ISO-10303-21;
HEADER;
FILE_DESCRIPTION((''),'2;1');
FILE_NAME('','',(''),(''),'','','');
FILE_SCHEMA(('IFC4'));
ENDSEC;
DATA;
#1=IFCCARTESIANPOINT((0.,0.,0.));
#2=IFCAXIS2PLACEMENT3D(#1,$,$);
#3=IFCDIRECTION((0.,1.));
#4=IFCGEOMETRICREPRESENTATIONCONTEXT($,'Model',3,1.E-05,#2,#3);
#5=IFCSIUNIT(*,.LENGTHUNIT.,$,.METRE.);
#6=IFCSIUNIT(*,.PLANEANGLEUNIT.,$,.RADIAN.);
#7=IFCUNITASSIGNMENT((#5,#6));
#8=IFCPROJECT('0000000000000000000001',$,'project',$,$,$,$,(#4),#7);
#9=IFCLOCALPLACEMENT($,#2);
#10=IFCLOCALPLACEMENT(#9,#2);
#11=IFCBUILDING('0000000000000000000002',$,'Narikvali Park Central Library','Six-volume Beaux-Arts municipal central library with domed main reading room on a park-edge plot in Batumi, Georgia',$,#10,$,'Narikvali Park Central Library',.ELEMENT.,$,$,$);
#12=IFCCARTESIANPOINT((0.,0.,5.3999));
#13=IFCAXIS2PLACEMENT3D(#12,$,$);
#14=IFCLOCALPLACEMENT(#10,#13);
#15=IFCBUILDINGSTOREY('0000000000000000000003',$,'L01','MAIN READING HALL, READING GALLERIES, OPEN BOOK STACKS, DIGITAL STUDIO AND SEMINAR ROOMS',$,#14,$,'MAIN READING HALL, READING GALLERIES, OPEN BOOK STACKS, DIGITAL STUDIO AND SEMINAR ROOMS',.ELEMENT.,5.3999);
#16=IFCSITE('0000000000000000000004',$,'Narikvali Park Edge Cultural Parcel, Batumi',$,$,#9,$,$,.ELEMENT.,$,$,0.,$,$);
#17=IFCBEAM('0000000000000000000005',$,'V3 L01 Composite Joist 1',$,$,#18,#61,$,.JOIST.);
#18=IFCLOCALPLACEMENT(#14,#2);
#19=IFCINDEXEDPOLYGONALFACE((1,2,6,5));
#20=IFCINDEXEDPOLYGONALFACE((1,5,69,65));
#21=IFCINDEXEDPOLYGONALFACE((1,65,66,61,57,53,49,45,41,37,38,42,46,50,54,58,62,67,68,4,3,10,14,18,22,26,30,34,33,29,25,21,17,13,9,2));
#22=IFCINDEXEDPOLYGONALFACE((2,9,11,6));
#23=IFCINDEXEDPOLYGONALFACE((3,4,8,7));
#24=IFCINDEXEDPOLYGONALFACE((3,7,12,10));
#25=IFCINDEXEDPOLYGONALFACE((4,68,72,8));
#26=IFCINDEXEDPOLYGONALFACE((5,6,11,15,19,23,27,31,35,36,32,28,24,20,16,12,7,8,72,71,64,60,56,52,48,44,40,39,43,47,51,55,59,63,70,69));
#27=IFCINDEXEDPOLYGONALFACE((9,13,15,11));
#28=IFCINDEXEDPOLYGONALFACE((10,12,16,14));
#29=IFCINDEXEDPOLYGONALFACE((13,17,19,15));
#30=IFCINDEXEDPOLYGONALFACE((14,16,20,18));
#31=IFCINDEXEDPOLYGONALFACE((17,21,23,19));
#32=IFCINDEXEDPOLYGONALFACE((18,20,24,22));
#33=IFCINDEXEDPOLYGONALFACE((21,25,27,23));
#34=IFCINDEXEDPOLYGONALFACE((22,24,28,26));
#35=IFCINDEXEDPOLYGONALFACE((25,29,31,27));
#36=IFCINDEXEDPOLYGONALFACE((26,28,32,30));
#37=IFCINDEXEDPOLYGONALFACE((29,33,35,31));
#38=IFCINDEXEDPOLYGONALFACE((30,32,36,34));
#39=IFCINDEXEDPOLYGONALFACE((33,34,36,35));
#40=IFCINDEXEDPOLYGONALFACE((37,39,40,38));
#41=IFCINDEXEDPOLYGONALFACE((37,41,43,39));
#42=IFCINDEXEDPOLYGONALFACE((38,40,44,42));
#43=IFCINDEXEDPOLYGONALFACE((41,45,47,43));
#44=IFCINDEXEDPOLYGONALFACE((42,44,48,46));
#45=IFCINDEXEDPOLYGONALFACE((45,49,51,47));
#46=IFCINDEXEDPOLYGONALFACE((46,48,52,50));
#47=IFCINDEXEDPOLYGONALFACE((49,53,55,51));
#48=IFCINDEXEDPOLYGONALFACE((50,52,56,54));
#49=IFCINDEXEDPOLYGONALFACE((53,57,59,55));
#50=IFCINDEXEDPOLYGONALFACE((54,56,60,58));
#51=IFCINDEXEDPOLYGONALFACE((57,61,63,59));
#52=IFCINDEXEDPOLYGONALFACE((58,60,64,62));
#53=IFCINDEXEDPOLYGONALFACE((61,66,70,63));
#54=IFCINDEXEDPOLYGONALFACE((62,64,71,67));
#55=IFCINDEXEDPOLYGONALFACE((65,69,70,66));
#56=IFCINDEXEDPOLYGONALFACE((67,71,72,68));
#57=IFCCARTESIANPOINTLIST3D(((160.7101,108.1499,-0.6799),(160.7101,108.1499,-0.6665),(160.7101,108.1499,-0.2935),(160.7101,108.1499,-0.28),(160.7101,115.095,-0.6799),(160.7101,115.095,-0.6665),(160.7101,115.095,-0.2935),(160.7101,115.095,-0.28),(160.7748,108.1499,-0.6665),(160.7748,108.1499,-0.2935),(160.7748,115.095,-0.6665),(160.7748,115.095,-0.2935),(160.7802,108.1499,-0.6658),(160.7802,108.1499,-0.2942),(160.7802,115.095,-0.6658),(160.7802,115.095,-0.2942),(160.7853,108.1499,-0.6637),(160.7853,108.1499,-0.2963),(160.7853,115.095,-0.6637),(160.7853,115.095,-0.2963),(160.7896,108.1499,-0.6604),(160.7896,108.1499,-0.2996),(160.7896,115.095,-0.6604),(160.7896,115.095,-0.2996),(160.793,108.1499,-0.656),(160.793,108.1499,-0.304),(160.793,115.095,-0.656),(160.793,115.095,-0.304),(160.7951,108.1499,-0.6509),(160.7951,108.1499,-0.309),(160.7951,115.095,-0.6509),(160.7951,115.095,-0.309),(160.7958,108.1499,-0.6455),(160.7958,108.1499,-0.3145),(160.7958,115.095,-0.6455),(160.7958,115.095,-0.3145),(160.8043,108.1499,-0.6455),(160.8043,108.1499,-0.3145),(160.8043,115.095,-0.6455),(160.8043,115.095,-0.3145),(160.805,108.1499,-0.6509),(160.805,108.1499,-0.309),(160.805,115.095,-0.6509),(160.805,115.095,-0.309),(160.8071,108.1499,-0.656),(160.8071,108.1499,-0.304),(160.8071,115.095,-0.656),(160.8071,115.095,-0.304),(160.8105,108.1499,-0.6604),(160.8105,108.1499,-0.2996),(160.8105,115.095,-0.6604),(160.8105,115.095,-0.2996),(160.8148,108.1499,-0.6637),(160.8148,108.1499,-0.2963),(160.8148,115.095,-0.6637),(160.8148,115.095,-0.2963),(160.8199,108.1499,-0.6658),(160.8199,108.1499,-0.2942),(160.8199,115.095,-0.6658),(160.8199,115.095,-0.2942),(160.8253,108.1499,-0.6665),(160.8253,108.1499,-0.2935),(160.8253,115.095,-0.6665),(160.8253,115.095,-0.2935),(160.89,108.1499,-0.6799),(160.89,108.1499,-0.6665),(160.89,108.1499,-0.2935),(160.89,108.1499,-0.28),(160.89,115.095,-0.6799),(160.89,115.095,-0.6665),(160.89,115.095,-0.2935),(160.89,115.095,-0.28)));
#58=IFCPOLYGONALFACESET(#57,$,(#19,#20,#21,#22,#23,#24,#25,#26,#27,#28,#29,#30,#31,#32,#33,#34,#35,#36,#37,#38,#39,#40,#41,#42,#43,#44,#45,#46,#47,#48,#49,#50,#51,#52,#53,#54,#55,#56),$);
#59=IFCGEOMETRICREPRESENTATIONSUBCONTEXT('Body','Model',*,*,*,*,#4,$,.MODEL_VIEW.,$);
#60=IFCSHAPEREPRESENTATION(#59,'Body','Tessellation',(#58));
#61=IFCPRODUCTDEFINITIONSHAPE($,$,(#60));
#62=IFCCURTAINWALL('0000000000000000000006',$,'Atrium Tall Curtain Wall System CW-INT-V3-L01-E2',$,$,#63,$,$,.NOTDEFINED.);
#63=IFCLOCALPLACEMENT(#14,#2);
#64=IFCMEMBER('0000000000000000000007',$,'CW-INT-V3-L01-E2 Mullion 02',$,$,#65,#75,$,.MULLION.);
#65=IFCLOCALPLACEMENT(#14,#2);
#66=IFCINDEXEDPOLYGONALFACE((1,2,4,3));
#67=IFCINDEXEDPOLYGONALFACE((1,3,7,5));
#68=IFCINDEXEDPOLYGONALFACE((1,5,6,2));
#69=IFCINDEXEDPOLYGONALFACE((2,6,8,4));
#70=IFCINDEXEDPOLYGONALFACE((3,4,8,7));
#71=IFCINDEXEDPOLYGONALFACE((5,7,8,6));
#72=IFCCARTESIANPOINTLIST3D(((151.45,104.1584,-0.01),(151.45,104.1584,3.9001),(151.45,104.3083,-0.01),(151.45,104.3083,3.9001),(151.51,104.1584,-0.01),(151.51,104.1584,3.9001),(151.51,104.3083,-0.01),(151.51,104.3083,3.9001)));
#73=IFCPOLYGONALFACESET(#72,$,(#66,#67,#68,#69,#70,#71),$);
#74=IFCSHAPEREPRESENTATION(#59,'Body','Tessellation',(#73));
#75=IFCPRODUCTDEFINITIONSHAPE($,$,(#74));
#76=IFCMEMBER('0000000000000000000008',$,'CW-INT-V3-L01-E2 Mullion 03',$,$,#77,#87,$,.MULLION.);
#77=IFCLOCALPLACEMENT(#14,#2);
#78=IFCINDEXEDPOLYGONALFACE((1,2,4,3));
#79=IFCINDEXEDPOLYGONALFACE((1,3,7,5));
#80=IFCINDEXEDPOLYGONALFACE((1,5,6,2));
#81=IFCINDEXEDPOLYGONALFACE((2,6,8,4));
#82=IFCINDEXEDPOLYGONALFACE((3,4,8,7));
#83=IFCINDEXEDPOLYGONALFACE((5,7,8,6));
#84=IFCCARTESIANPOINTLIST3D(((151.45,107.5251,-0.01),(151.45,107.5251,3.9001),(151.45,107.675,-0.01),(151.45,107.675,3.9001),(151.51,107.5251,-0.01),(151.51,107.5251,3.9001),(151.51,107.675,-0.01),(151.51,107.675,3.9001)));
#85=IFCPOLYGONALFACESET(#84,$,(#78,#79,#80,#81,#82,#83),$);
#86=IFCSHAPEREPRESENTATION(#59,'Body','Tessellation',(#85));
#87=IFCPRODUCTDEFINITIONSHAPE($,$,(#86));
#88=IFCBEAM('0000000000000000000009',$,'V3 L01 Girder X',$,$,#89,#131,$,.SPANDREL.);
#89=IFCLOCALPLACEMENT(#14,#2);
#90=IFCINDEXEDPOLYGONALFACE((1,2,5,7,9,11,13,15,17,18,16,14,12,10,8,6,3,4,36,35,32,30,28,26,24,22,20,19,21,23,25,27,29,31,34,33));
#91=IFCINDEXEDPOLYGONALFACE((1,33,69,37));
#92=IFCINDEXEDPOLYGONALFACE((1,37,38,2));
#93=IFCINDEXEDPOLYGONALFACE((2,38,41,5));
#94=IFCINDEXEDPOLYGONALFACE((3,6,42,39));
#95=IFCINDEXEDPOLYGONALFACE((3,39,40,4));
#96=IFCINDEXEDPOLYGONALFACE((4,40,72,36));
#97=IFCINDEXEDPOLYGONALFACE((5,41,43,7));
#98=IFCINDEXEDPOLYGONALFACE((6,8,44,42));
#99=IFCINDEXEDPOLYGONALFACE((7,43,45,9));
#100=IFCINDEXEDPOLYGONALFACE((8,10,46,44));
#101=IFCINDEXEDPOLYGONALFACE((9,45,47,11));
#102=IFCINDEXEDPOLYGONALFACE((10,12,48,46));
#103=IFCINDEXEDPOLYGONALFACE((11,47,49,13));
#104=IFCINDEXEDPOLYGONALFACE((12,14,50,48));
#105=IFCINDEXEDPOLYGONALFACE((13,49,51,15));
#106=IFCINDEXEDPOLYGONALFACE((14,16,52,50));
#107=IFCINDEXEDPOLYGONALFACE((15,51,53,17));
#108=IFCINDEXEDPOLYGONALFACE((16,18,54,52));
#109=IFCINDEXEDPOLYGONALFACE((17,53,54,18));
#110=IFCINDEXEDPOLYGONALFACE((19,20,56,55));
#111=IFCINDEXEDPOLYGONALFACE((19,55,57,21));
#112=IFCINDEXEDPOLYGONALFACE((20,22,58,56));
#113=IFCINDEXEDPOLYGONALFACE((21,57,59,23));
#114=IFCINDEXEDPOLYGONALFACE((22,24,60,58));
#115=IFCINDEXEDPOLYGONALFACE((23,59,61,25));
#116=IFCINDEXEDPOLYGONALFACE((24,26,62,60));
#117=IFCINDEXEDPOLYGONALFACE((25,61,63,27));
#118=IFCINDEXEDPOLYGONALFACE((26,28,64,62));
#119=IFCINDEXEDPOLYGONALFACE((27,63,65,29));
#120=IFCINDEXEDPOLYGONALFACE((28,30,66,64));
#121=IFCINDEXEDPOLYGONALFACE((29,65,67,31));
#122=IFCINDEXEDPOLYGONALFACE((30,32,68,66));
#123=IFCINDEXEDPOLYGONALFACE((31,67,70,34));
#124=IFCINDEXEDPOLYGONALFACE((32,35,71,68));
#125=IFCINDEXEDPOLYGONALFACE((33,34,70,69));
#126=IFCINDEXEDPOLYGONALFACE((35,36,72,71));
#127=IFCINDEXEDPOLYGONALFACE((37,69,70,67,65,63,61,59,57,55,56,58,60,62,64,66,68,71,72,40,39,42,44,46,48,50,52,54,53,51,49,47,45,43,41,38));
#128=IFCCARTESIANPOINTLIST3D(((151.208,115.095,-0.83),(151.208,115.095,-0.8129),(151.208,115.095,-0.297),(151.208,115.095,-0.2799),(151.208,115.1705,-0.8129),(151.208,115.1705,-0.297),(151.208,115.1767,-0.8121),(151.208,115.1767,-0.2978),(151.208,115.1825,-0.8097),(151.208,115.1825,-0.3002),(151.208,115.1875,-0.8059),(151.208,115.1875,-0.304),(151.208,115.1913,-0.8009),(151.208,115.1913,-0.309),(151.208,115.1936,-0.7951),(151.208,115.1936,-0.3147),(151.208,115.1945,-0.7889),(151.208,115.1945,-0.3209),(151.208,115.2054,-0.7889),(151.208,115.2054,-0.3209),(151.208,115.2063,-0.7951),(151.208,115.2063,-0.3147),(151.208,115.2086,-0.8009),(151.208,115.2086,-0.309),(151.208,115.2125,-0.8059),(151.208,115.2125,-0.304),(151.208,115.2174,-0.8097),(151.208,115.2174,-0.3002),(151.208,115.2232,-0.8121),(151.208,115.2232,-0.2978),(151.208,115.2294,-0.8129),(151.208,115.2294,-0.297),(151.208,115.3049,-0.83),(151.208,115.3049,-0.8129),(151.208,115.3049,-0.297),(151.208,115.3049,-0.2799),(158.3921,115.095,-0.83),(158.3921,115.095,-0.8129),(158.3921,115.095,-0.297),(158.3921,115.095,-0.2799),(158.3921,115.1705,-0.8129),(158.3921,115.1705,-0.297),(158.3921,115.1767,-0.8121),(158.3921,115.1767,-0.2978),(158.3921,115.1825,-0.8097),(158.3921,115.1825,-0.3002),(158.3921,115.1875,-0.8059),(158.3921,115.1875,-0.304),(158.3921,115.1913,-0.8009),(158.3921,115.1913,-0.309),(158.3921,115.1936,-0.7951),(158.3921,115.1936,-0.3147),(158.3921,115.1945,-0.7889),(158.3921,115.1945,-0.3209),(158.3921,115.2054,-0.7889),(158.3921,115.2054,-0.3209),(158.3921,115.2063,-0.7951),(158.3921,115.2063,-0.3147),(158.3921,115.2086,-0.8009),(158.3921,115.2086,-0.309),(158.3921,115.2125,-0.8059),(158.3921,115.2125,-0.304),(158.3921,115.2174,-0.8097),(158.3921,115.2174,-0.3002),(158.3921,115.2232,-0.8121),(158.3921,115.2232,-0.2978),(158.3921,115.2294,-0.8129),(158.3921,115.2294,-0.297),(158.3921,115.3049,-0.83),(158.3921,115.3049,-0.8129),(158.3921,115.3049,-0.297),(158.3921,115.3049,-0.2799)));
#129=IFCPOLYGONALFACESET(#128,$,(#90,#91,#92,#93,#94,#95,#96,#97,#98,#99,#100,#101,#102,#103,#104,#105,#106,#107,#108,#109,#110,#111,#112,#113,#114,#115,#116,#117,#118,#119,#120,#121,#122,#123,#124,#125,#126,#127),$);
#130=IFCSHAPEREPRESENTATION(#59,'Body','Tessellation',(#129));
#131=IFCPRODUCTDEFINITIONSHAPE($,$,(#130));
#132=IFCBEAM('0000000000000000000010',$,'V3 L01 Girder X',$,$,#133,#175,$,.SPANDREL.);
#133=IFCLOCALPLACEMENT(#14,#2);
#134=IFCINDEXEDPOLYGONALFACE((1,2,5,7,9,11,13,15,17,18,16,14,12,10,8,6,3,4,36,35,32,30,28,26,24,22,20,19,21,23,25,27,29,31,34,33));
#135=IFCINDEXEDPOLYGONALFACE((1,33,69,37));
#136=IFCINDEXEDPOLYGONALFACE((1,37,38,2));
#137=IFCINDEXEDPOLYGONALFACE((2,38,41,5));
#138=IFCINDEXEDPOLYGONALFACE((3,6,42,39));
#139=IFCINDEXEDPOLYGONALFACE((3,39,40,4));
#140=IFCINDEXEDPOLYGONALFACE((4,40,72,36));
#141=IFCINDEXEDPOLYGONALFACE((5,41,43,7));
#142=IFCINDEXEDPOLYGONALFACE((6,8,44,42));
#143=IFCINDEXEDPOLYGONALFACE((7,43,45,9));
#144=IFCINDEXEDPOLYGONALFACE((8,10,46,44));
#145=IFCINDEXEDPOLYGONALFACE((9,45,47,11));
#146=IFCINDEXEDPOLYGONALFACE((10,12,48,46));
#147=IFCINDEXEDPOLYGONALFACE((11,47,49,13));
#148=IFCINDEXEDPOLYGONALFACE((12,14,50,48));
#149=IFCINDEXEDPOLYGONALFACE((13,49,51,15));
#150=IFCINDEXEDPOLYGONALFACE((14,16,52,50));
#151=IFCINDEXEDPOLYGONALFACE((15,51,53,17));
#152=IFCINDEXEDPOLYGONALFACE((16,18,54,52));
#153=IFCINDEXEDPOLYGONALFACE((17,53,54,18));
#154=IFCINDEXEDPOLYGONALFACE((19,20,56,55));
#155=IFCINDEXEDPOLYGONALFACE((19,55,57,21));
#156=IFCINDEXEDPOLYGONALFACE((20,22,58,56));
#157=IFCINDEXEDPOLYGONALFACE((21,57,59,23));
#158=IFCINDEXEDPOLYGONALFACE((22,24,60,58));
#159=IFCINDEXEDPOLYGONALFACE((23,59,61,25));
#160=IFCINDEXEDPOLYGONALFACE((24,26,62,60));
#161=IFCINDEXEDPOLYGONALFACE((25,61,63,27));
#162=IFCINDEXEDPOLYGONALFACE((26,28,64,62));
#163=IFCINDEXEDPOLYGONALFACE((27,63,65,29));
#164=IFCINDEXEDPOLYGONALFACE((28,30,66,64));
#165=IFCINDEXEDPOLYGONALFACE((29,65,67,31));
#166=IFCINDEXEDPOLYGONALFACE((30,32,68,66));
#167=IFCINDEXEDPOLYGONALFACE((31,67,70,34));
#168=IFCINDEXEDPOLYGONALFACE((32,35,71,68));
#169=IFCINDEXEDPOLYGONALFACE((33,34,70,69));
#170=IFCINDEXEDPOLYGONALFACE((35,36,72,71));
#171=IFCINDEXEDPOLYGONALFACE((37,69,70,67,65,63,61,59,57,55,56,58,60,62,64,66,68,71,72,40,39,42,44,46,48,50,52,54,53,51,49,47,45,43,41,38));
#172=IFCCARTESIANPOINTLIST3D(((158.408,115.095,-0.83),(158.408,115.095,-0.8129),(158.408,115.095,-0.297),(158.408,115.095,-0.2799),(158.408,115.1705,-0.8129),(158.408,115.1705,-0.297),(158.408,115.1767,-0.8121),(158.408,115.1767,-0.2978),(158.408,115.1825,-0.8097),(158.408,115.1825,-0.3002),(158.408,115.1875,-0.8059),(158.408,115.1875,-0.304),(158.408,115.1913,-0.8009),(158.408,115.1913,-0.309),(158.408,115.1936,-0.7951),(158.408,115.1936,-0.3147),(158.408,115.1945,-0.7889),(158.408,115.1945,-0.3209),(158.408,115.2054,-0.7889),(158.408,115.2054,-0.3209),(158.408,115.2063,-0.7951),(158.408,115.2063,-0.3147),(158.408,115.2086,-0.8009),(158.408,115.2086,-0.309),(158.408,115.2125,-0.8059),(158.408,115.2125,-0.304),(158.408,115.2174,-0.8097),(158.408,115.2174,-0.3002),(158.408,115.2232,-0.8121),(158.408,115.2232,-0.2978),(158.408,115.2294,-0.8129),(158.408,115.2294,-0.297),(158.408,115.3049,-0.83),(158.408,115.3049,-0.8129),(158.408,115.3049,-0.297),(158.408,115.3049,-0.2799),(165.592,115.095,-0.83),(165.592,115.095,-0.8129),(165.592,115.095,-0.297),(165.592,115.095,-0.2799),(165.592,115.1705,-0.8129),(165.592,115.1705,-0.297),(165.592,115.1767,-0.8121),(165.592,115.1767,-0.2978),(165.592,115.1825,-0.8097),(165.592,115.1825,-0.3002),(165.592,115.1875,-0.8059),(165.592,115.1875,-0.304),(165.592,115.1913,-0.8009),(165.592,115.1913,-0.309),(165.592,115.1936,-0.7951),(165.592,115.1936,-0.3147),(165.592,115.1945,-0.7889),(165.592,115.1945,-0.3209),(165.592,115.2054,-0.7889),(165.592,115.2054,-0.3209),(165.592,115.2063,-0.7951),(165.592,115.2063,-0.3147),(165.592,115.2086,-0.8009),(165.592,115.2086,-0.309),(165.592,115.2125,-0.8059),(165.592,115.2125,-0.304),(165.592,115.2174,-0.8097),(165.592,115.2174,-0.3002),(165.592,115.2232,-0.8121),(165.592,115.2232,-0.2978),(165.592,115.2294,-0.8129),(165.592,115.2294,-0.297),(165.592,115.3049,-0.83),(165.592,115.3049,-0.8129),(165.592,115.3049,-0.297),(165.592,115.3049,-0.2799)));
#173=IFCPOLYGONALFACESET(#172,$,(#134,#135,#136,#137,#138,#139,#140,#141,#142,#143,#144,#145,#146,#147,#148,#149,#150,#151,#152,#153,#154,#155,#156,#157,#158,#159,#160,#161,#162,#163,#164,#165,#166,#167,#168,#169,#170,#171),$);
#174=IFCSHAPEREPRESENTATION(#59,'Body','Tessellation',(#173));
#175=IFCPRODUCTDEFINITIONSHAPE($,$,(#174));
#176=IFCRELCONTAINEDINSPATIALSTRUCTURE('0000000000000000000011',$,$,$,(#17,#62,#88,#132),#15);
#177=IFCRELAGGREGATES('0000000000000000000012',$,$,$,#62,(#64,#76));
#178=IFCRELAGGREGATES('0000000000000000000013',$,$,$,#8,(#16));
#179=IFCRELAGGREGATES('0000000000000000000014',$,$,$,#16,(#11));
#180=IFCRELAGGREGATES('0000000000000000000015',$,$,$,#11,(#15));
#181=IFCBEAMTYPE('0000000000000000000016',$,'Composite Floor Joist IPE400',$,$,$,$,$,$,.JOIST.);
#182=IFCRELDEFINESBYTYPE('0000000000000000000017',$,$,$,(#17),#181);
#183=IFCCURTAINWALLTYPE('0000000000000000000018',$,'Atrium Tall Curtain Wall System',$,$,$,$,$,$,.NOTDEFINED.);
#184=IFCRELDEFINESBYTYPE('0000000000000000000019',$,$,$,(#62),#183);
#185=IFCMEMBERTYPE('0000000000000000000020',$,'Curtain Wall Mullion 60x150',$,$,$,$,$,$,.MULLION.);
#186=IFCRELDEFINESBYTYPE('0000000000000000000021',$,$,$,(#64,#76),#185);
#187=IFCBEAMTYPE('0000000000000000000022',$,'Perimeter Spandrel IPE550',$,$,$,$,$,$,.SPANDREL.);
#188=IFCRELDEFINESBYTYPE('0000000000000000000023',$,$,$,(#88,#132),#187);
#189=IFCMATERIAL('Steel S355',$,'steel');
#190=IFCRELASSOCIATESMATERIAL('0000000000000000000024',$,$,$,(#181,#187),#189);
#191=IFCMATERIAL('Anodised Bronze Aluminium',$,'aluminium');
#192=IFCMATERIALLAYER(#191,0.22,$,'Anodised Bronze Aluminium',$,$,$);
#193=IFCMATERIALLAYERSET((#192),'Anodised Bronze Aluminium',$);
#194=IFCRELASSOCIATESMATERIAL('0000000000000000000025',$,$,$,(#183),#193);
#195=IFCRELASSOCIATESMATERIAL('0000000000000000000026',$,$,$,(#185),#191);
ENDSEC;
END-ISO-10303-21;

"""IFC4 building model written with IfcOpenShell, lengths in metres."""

from ifc_helpers import new_model, si_unit, direction, frame, origin, origin_2d, place, context, subcontext, project, spatial, rectangle, i_section, extrude, material, layer, layer_set, material_profile, profile_set, type_object, element, aggregate, save


model = new_model("IFC4")

# Units and contexts
model_context = context("Model", 3, precision=1e-05, world=origin(), true_north=direction((0.0, 1.0)))
body_context = subcontext(model_context, "Body", "Model", "MODEL_VIEW")
ifc_project = project(units=[si_unit("LENGTHUNIT", "METRE"), si_unit("PLANEANGLEUNIT", "RADIAN")], contexts=[model_context])

# Site, building, storey
site_placement = place(None, origin())
site = spatial("IfcSite", under=ifc_project, at=site_placement, Name="Narikvali Park Edge Cultural Parcel, Batumi", CompositionType="ELEMENT", RefElevation=0.0)
building_placement = place(site_placement, origin())
building = spatial("IfcBuilding", under=site, at=building_placement, Name="Narikvali Park Central Library", Description="Six-volume Beaux-Arts municipal central library with domed main reading room on a park-edge plot in Batumi, Georgia", LongName="Narikvali Park Central Library", CompositionType="ELEMENT")
storey_placement = place(building_placement, frame((0.0, 0.0, 5.3999)))
storey = spatial("IfcBuildingStorey", under=building, at=storey_placement, Name="L01", Description="MAIN READING HALL, READING GALLERIES, OPEN BOOK STACKS, DIGITAL STUDIO AND SEMINAR ROOMS", LongName="MAIN READING HALL, READING GALLERIES, OPEN BOOK STACKS, DIGITAL STUDIO AND SEMINAR ROOMS", CompositionType="ELEMENT", Elevation=5.3999)

# Shared definitions
ifc_material_1 = material(Name="Steel S355", Category="steel")

# Beam
ifc_material_profile_1 = material_profile(ifc_material_1, i_section(OverallWidth=0.1799, OverallDepth=0.3999, WebThickness=0.0085, FlangeThickness=0.0134, FilletRadius=0.021, at=origin_2d()), Name="IPE 400")
ifc_profile_set_1 = profile_set([ifc_material_profile_1], Name="Steel S355")
beam_type_1 = type_object("IfcBeamType", Name="Composite Floor Joist IPE400", PredefinedType="JOIST", material=ifc_profile_set_1)
for number, where, z_axis, x_axis, name in (
    (1, (160.8, 108.1499, -0.48), (0.0, 1.0, 0.0), (-1.0, 0.0, 0.0), "V3 L01 Composite Joist 1"),
):
    element("IfcBeam", number, at=place(storey_placement, frame(where, z_axis=z_axis, x_axis=x_axis)), inside=storey, type_object=beam_type_1, Name=name, PredefinedType="JOIST", context=body_context, shape_type="SweptSolid", body=[
        extrude(i_section(OverallWidth=0.1799, OverallDepth=0.3999, WebThickness=0.0085, FlangeThickness=0.0134, FilletRadius=0.021, at=origin_2d()), origin(), (0.0, 0.0, 1.0), 6.9451),
    ])

# Curtain wall, members
ifc_material_2 = material(Name="Anodised Bronze Aluminium", Category="aluminium")
ifc_layer_1 = layer(ifc_material_2, 0.22, Name="Anodised Bronze Aluminium")
ifc_layer_set_1 = layer_set([ifc_layer_1], Name="Anodised Bronze Aluminium")
curtain_wall_type = type_object("IfcCurtainWallType", Name="Atrium Tall Curtain Wall System", PredefinedType="NOTDEFINED", material=ifc_layer_set_1)
curtain_wall_placement = place(storey_placement, origin())
curtain_wall = element("IfcCurtainWall", 2, at=curtain_wall_placement, inside=storey, type_object=curtain_wall_type, Name="Atrium Tall Curtain Wall System CW-INT-V3-L01-E2", PredefinedType="NOTDEFINED")
ifc_material_profile_2 = material_profile(ifc_material_2, rectangle(XDim=0.0601, YDim=0.1499, at=origin_2d()), Name="CW MULLION 60x150")
ifc_profile_set_2 = profile_set([ifc_material_profile_2], Name="Anodised Bronze Aluminium")
member_type_1 = type_object("IfcMemberType", Name="Curtain Wall Mullion 60x150", PredefinedType="MULLION", material=ifc_profile_set_2)
member_1_placement = place(storey_placement, frame((151.48, 104.2334, -0.01), z_axis=(0.0, 0.0, 1.0), x_axis=(1.0, 0.0, 0.0)))
member_1 = element("IfcMember", 3, at=member_1_placement, type_object=member_type_1, Name="CW-INT-V3-L01-E2 Mullion 02", PredefinedType="MULLION", context=body_context, shape_type="SweptSolid", body=[
    extrude(rectangle(XDim=0.0601, YDim=0.1499, at=origin_2d()), origin(), (0.0, 0.0, 1.0), 3.9102),
])
member_2_placement = place(storey_placement, frame((151.48, 107.6001, -0.01), z_axis=(0.0, 0.0, 1.0), x_axis=(1.0, 0.0, 0.0)))
member_2 = element("IfcMember", 4, at=member_2_placement, type_object=member_type_1, Name="CW-INT-V3-L01-E2 Mullion 03", PredefinedType="MULLION", context=body_context, shape_type="SweptSolid", body=[
    extrude(rectangle(XDim=0.0601, YDim=0.1499, at=origin_2d()), origin(), (0.0, 0.0, 1.0), 3.9102),
])

# Beams
ifc_material_profile_3 = material_profile(ifc_material_1, i_section(OverallWidth=0.21, OverallDepth=0.55, WebThickness=0.011, FlangeThickness=0.0171, FilletRadius=0.0239, at=origin_2d()), Name="IPE 550")
ifc_profile_set_3 = profile_set([ifc_material_profile_3], Name="Steel S355")
beam_type_2 = type_object("IfcBeamType", Name="Perimeter Spandrel IPE550", PredefinedType="SPANDREL", material=ifc_profile_set_3)
for number, where, z_axis, x_axis, name in (
    (5, (151.208, 115.2, -0.5549), (1.0, 0.0, 0.0), (0.0, 1.0, 0.0), "V3 L01 Girder X"),
    (6, (158.408, 115.2, -0.5549), (1.0, 0.0, 0.0), (0.0, 1.0, 0.0), "V3 L01 Girder X"),
):
    element("IfcBeam", number, at=place(storey_placement, frame(where, z_axis=z_axis, x_axis=x_axis)), inside=storey, type_object=beam_type_2, Name=name, PredefinedType="SPANDREL", context=body_context, shape_type="SweptSolid", body=[
        extrude(i_section(OverallWidth=0.21, OverallDepth=0.55, WebThickness=0.011, FlangeThickness=0.0171, FilletRadius=0.0239, at=origin_2d()), origin(), (0.0, 0.0, 1.0), 7.1841),
    ])

aggregate(curtain_wall, [member_1, member_2])

save(model, "model.ifc")
